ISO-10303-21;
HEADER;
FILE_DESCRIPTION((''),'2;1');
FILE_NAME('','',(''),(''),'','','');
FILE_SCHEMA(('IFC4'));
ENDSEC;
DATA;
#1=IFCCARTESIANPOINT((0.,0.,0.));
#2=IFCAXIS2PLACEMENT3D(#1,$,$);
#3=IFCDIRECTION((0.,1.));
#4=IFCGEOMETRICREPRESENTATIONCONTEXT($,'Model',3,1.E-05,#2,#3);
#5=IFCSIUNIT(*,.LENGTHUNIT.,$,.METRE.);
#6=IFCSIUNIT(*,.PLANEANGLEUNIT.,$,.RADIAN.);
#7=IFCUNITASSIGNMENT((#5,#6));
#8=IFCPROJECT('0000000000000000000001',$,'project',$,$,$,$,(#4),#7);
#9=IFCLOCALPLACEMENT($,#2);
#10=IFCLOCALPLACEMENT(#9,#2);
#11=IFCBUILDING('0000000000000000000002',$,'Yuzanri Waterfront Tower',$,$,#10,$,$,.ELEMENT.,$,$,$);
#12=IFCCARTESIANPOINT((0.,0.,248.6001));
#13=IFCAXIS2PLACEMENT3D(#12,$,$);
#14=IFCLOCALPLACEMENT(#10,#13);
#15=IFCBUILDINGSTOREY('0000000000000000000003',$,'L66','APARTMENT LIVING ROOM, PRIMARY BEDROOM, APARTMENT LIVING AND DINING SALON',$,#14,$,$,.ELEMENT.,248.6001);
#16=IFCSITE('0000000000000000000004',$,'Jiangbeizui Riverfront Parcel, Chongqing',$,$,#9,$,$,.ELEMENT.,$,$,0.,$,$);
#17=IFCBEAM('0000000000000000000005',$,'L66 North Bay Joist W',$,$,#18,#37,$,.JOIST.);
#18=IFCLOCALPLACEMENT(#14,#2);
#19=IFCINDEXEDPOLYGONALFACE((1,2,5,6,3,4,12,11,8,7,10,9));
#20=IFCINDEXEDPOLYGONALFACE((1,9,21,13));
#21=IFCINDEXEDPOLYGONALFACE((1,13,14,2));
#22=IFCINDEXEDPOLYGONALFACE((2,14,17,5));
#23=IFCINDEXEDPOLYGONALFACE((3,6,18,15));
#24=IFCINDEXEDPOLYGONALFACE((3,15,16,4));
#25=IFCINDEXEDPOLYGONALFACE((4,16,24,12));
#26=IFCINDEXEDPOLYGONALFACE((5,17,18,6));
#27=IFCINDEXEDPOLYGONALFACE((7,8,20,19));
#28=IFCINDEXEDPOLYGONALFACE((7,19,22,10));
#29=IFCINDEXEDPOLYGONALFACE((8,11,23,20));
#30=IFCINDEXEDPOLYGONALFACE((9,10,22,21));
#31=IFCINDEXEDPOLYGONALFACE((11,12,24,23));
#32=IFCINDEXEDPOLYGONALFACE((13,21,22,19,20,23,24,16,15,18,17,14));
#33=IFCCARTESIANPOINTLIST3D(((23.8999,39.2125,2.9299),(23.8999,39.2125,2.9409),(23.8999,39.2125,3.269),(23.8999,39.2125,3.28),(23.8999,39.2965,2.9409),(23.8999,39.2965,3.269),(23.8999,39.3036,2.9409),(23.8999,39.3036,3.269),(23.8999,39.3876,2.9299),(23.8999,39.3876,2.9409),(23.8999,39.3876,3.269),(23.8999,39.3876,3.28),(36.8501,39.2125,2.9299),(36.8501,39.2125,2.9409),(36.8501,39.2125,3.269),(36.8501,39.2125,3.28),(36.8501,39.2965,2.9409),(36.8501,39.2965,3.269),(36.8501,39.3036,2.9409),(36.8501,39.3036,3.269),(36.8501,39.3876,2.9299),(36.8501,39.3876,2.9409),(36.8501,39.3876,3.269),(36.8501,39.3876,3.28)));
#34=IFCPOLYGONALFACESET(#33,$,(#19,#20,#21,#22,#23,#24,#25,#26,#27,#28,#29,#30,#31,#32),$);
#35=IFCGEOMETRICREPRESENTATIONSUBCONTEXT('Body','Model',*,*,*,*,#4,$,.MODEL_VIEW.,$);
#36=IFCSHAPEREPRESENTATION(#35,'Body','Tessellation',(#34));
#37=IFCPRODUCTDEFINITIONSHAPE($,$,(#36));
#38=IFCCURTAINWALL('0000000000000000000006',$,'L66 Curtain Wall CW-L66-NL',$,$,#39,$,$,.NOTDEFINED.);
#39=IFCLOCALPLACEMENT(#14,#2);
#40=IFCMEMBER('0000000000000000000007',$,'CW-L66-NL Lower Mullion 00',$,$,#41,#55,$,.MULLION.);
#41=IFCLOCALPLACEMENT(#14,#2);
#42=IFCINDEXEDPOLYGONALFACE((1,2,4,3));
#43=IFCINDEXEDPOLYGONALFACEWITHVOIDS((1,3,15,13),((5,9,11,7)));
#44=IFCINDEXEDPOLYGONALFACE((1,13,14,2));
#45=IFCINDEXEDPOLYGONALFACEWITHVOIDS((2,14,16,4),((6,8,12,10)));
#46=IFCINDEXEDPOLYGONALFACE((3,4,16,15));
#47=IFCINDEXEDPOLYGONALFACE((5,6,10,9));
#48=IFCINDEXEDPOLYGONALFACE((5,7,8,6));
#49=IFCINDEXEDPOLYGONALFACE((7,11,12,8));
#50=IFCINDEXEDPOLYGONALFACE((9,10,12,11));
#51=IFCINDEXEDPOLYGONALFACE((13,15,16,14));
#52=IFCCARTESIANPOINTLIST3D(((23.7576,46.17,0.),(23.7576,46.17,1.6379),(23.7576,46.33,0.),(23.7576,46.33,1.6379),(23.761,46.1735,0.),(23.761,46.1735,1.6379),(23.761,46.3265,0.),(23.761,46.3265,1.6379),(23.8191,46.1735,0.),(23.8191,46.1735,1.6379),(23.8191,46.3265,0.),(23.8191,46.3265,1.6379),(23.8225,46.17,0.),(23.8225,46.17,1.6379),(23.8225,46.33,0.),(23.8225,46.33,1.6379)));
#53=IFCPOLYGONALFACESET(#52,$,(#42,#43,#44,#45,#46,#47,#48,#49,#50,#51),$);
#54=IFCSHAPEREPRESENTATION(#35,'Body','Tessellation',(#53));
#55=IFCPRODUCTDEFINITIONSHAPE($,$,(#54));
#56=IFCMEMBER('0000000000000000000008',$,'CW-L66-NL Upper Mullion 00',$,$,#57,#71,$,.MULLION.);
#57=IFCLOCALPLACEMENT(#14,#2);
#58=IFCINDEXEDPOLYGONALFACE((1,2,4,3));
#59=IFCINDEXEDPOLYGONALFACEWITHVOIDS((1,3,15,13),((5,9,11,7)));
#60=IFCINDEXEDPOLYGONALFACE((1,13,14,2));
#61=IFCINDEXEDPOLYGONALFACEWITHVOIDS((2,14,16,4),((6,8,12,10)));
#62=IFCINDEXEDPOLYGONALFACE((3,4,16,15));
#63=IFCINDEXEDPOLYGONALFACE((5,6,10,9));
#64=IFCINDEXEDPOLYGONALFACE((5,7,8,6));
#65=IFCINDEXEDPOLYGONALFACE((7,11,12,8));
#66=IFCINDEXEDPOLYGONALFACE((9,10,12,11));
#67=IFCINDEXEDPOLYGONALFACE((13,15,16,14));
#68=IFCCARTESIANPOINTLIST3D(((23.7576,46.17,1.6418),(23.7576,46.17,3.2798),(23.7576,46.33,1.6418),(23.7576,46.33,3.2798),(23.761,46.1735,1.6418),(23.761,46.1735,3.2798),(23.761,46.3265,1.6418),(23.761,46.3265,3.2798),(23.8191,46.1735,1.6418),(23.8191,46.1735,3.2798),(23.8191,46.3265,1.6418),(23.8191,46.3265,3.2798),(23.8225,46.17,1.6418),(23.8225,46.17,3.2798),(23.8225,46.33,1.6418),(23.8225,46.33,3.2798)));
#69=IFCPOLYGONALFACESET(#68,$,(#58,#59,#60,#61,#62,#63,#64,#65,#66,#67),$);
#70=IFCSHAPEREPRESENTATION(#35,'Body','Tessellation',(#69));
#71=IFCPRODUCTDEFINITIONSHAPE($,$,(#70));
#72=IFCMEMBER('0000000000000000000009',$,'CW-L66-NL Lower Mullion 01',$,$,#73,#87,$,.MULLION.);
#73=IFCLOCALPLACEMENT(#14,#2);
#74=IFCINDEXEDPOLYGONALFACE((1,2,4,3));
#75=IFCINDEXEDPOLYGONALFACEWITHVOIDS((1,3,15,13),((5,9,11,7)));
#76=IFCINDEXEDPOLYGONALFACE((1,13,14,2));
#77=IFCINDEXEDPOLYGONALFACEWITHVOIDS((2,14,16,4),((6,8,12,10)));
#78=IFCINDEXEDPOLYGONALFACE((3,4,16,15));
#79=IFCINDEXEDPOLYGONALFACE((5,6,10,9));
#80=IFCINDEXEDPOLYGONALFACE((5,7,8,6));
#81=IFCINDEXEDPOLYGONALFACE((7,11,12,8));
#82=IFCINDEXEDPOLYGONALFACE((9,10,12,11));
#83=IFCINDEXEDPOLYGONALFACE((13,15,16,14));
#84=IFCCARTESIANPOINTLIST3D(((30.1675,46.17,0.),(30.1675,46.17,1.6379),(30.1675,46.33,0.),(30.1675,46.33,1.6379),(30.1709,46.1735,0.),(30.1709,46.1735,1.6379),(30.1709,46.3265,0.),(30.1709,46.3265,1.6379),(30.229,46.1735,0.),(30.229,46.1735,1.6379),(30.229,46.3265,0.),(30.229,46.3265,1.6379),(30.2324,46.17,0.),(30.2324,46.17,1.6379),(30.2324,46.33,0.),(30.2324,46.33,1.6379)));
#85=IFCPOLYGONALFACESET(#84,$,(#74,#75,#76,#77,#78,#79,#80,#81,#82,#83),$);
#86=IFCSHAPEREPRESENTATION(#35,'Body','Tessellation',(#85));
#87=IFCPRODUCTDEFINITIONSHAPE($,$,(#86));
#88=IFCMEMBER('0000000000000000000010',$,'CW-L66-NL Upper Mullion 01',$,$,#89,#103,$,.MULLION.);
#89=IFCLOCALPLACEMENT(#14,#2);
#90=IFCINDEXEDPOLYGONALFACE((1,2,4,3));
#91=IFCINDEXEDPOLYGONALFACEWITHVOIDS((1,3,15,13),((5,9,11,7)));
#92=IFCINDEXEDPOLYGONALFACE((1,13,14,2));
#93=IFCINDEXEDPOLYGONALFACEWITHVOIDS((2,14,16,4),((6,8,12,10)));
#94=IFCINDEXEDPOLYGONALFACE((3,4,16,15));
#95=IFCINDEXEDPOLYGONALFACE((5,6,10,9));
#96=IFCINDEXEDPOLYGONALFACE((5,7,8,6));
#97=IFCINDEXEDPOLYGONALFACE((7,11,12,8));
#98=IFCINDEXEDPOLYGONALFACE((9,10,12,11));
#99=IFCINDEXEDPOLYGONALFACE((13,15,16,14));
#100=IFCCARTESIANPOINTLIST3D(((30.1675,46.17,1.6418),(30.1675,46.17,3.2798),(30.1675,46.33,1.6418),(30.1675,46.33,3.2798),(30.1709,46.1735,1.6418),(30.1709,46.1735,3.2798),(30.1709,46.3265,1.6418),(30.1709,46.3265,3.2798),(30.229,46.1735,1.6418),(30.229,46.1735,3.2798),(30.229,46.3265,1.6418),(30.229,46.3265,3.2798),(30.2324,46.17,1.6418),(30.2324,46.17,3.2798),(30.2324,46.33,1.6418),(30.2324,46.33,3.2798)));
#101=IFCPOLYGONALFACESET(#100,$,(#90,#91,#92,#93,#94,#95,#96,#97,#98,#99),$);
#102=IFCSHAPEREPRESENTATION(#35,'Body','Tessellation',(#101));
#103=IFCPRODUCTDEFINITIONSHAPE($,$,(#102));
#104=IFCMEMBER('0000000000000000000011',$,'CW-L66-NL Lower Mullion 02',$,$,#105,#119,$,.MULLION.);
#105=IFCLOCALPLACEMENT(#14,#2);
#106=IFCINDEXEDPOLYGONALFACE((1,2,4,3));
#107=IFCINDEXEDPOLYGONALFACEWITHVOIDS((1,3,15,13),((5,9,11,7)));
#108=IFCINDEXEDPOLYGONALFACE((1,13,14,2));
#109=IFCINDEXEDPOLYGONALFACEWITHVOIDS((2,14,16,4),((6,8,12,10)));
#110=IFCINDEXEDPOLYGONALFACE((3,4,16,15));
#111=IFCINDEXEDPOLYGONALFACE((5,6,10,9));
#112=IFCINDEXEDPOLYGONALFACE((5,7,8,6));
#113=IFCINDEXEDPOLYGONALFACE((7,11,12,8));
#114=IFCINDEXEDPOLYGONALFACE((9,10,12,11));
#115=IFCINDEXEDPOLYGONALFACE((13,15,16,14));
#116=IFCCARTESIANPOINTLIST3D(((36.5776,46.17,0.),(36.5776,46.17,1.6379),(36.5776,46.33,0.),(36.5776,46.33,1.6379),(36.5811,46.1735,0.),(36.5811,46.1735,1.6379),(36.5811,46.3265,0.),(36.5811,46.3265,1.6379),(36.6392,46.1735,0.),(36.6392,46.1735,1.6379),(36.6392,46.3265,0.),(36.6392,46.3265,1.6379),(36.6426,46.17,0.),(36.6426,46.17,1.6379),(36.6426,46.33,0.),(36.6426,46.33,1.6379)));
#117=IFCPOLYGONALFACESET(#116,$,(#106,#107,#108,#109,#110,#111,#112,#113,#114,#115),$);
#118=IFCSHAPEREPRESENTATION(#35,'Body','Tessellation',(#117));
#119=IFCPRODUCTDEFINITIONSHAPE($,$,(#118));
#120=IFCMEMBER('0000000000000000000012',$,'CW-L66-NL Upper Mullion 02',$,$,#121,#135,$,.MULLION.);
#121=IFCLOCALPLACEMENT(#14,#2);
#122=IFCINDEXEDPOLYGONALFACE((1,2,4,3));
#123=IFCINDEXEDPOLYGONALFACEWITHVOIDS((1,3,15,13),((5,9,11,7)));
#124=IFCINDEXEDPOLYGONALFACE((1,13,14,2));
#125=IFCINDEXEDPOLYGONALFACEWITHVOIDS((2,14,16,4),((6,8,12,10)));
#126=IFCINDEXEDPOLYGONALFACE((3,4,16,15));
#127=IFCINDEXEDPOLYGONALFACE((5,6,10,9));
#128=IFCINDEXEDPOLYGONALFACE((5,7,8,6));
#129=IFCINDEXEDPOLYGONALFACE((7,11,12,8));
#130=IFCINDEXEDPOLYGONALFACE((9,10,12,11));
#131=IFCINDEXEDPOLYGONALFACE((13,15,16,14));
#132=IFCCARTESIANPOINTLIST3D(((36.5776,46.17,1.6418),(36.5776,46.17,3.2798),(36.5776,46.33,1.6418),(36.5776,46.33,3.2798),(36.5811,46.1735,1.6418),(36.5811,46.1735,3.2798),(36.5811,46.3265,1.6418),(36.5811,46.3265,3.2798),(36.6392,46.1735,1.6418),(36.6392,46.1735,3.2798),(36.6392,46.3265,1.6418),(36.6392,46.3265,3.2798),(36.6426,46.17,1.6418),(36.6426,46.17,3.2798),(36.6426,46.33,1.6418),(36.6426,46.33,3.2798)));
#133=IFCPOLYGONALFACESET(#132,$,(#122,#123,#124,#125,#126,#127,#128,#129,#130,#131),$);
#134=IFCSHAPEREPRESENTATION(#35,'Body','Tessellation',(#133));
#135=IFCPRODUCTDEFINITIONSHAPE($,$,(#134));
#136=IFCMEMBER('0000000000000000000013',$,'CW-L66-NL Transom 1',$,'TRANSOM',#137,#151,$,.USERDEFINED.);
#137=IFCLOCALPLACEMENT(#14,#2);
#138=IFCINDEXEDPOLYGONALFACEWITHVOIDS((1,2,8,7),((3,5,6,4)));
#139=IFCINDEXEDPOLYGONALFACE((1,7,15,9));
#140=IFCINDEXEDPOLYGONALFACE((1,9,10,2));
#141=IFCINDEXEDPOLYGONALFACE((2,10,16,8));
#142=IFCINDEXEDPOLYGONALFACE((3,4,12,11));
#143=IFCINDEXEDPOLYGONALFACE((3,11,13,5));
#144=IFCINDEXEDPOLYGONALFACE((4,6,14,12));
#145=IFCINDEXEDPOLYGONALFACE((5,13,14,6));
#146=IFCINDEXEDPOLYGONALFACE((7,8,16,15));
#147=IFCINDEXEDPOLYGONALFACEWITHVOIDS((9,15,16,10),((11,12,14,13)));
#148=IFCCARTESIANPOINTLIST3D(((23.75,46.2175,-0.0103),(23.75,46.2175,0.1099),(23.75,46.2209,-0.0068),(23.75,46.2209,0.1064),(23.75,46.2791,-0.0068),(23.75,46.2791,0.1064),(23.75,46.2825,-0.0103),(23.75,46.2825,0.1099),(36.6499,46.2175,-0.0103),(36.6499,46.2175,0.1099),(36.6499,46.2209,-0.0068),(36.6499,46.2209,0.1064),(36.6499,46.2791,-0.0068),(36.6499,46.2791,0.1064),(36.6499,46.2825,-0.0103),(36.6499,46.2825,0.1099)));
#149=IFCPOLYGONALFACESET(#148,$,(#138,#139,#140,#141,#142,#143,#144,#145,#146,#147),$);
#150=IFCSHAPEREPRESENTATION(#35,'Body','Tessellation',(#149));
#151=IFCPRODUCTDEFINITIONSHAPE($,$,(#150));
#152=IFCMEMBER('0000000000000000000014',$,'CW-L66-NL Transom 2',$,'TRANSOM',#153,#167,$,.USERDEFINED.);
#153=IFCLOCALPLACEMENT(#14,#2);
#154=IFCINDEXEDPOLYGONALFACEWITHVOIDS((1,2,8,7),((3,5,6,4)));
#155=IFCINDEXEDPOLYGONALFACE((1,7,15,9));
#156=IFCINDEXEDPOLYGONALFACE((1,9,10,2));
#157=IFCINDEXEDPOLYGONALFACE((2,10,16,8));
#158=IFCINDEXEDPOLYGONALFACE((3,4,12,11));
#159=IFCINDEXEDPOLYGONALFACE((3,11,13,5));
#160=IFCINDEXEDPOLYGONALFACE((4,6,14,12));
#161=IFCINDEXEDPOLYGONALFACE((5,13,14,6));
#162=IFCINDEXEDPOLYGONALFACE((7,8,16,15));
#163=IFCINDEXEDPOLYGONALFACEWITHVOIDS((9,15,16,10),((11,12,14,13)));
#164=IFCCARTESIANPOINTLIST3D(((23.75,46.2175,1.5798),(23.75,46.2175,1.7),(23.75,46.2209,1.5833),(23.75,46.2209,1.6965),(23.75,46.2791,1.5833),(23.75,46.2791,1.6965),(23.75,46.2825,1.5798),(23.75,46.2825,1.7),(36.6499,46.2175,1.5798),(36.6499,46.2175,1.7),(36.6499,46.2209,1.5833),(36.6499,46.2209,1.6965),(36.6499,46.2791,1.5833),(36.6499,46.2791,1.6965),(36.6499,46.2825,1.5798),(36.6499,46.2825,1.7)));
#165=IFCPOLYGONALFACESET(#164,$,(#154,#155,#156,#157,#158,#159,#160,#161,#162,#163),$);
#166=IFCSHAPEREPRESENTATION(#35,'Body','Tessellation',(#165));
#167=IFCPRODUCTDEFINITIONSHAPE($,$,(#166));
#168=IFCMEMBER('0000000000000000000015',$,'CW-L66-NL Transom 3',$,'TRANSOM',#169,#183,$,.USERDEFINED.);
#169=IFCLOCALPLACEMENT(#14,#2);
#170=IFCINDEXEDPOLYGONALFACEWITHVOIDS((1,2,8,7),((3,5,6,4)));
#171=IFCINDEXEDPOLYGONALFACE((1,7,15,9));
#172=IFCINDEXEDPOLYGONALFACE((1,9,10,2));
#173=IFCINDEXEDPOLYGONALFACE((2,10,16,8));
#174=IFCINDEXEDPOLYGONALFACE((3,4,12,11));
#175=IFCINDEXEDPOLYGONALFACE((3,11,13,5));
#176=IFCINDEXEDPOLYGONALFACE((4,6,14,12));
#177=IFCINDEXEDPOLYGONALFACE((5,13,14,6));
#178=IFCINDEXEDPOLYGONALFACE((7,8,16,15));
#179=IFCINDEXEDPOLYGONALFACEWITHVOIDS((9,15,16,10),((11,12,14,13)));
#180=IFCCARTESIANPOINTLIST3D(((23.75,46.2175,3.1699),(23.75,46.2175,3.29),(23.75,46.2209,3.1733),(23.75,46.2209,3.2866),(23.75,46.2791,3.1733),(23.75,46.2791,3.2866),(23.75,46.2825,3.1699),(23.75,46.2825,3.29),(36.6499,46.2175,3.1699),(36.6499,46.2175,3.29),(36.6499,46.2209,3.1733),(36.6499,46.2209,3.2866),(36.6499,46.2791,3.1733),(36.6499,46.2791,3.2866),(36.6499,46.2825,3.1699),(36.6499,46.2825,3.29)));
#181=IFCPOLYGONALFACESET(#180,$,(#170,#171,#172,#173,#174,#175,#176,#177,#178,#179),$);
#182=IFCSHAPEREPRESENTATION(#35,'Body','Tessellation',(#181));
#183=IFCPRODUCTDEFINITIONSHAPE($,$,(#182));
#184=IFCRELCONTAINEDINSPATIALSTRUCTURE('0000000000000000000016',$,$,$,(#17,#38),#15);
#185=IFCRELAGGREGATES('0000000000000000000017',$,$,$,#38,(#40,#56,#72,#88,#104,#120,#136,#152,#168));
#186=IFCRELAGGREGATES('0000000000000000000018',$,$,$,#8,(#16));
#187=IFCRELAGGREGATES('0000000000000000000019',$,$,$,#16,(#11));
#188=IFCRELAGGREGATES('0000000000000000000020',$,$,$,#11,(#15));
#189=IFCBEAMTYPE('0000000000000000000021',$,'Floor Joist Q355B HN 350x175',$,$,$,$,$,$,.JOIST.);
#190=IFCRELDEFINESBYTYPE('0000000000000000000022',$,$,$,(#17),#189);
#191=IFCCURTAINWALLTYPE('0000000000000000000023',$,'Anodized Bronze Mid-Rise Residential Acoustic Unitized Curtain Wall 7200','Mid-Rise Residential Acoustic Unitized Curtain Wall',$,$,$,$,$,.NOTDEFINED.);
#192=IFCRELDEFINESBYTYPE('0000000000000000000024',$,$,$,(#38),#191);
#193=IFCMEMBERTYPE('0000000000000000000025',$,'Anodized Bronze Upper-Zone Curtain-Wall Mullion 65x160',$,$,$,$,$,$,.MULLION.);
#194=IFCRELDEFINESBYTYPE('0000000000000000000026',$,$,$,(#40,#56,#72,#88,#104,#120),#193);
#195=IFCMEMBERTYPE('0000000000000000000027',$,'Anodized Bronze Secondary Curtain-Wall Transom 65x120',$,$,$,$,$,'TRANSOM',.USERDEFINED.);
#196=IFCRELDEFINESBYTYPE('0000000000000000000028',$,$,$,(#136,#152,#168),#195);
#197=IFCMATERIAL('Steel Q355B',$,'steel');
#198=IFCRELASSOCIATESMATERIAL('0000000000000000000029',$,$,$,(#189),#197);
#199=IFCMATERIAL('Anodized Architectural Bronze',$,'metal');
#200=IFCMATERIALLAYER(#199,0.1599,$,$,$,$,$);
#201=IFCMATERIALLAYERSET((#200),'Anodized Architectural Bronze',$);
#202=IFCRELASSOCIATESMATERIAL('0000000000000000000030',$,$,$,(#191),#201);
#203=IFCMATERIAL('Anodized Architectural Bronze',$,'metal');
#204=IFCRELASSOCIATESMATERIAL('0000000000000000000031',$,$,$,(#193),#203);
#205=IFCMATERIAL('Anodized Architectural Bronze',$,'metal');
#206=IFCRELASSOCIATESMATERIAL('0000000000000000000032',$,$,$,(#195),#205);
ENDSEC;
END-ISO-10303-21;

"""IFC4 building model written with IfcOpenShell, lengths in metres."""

from ifc_helpers import new_model, si_unit, direction, frame, origin, origin_2d, place, context, subcontext, project, spatial, hollow_rectangle, i_section, extrude, source, transform, mapped, material, layer, layer_set, material_profile, profile_set, type_object, element, aggregate, save


model = new_model("IFC4")

# Units and contexts
model_context = context("Model", 3, precision=1e-05, world=origin(), true_north=direction((0.0, 1.0)))
body_context = subcontext(model_context, "Body", "Model", "MODEL_VIEW")
ifc_project = project(units=[si_unit("LENGTHUNIT", "METRE"), si_unit("PLANEANGLEUNIT", "RADIAN")], contexts=[model_context])

# Site, building, storey
site_placement = place(None, origin())
site = spatial("IfcSite", under=ifc_project, at=site_placement, Name="Jiangbeizui Riverfront Parcel, Chongqing", CompositionType="ELEMENT", RefElevation=0.0)
building_placement = place(site_placement, origin())
building = spatial("IfcBuilding", under=site, at=building_placement, Name="Yuzanri Waterfront Tower", CompositionType="ELEMENT")
storey_placement = place(building_placement, frame((0.0, 0.0, 248.6001)))
storey = spatial("IfcBuildingStorey", under=building, at=storey_placement, Name="L66", Description="APARTMENT LIVING ROOM, PRIMARY BEDROOM, APARTMENT LIVING AND DINING SALON", CompositionType="ELEMENT", Elevation=248.6001)

# Beam
ifc_material_1 = material(Name="Steel Q355B", Category="steel")
ifc_material_profile_1 = material_profile(ifc_material_1, i_section(OverallWidth=0.175, OverallDepth=0.3501, WebThickness=0.0071, FlangeThickness=0.011, at=origin_2d()), Name="HN 350x175x7x11")
ifc_profile_set_1 = profile_set([ifc_material_profile_1], Name="Steel Q355B")
beam_type = type_object("IfcBeamType", Name="Floor Joist Q355B HN 350x175", PredefinedType="JOIST", material=ifc_profile_set_1)
shared_shape_1 = source(origin(), body_context, "Body", "SweptSolid", [
    extrude(i_section(OverallWidth=0.175, OverallDepth=0.3501, WebThickness=0.0071, FlangeThickness=0.011, at=origin_2d()), origin(), (0.0, 0.0, 1.0), 12.9502),
])
beam_placement = place(storey_placement, frame((23.8999, 39.3, 3.105), z_axis=(1.0, 0.0, 0.0), x_axis=(0.0, 1.0, 0.0)))
element("IfcBeam", 1, at=beam_placement, inside=storey, type_object=beam_type, Name="L66 North Bay Joist W", PredefinedType="JOIST", context=body_context, shape_type="MappedRepresentation", body=[
    mapped(shared_shape_1, transform((0.0, 0.0, 0.0), scale=1.0)),
])

# Curtain wall, members
ifc_material_2 = material(Name="Anodized Architectural Bronze", Category="metal")
ifc_layer_1 = layer(ifc_material_2, 0.1599)
ifc_layer_set_1 = layer_set([ifc_layer_1], Name="Anodized Architectural Bronze")
curtain_wall_type = type_object("IfcCurtainWallType", Name="Anodized Bronze Mid-Rise Residential Acoustic Unitized Curtain Wall 7200", Description="Mid-Rise Residential Acoustic Unitized Curtain Wall", PredefinedType="NOTDEFINED", material=ifc_layer_set_1)
curtain_wall_placement = place(storey_placement, origin())
curtain_wall = element("IfcCurtainWall", 2, at=curtain_wall_placement, inside=storey, type_object=curtain_wall_type, Name="L66 Curtain Wall CW-L66-NL", PredefinedType="NOTDEFINED")
ifc_material_3 = material(Name="Anodized Architectural Bronze", Category="metal")
ifc_material_profile_2 = material_profile(ifc_material_3, hollow_rectangle(XDim=0.0649, YDim=0.1599, WallThickness=0.0034, at=origin_2d()), Name="CWM 65x160")
ifc_profile_set_2 = profile_set([ifc_material_profile_2], Name="Anodized Architectural Bronze")
member_type_1 = type_object("IfcMemberType", Name="Anodized Bronze Upper-Zone Curtain-Wall Mullion 65x160", PredefinedType="MULLION", material=ifc_profile_set_2)
shared_shape_2 = source(origin(), body_context, "Body", "SweptSolid", [
    extrude(hollow_rectangle(XDim=0.0649, YDim=0.1599, WallThickness=0.0034, at=origin_2d()), origin(), (0.0, 0.0, 1.0), 1.6379),
])
member_1_placement = place(storey_placement, frame((23.79, 46.25, 0.0), z_axis=(0.0, 0.0, 1.0), x_axis=(1.0, 0.0, 0.0)))
member_1 = element("IfcMember", 3, at=member_1_placement, type_object=member_type_1, Name="CW-L66-NL Lower Mullion 00", PredefinedType="MULLION", context=body_context, shape_type="MappedRepresentation", body=[
    mapped(shared_shape_2, transform((0.0, 0.0, 0.0), scale=1.0)),
])
member_2_placement = place(storey_placement, frame((23.79, 46.25, 1.6418), z_axis=(0.0, 0.0, 1.0), x_axis=(1.0, 0.0, 0.0)))
member_2 = element("IfcMember", 4, at=member_2_placement, type_object=member_type_1, Name="CW-L66-NL Upper Mullion 00", PredefinedType="MULLION", context=body_context, shape_type="MappedRepresentation", body=[
    mapped(shared_shape_2, transform((0.0, 0.0, 0.0), scale=1.0)),
])
member_3_placement = place(storey_placement, frame((30.2, 46.25, 0.0), z_axis=(0.0, 0.0, 1.0), x_axis=(1.0, 0.0, 0.0)))
member_3 = element("IfcMember", 5, at=member_3_placement, type_object=member_type_1, Name="CW-L66-NL Lower Mullion 01", PredefinedType="MULLION", context=body_context, shape_type="MappedRepresentation", body=[
    mapped(shared_shape_2, transform((0.0, 0.0, 0.0), scale=1.0)),
])
member_4_placement = place(storey_placement, frame((30.2, 46.25, 1.6418), z_axis=(0.0, 0.0, 1.0), x_axis=(1.0, 0.0, 0.0)))
member_4 = element("IfcMember", 6, at=member_4_placement, type_object=member_type_1, Name="CW-L66-NL Upper Mullion 01", PredefinedType="MULLION", context=body_context, shape_type="MappedRepresentation", body=[
    mapped(shared_shape_2, transform((0.0, 0.0, 0.0), scale=1.0)),
])
member_5_placement = place(storey_placement, frame((36.6101, 46.25, 0.0), z_axis=(0.0, 0.0, 1.0), x_axis=(1.0, 0.0, 0.0)))
member_5 = element("IfcMember", 7, at=member_5_placement, type_object=member_type_1, Name="CW-L66-NL Lower Mullion 02", PredefinedType="MULLION", context=body_context, shape_type="MappedRepresentation", body=[
    mapped(shared_shape_2, transform((0.0, 0.0, 0.0), scale=1.0)),
])
member_6_placement = place(storey_placement, frame((36.6101, 46.25, 1.6418), z_axis=(0.0, 0.0, 1.0), x_axis=(1.0, 0.0, 0.0)))
member_6 = element("IfcMember", 8, at=member_6_placement, type_object=member_type_1, Name="CW-L66-NL Upper Mullion 02", PredefinedType="MULLION", context=body_context, shape_type="MappedRepresentation", body=[
    mapped(shared_shape_2, transform((0.0, 0.0, 0.0), scale=1.0)),
])
ifc_material_4 = material(Name="Anodized Architectural Bronze", Category="metal")
ifc_material_profile_3 = material_profile(ifc_material_4, hollow_rectangle(XDim=0.0649, YDim=0.1201, WallThickness=0.0034, at=origin_2d()), Name="CWT 65x120")
ifc_profile_set_3 = profile_set([ifc_material_profile_3], Name="Anodized Architectural Bronze")
member_type_2 = type_object("IfcMemberType", Name="Anodized Bronze Secondary Curtain-Wall Transom 65x120", ElementType="TRANSOM", PredefinedType="USERDEFINED", material=ifc_profile_set_3)
shared_shape_3 = source(origin(), body_context, "Body", "SweptSolid", [
    extrude(hollow_rectangle(XDim=0.0649, YDim=0.1201, WallThickness=0.0034, at=origin_2d()), origin(), (0.0, 0.0, 1.0), 12.8999),
])
member_7_placement = place(storey_placement, frame((23.75, 46.25, 0.0498), z_axis=(1.0, 0.0, 0.0), x_axis=(0.0, 1.0, 0.0)))
member_7 = element("IfcMember", 9, at=member_7_placement, type_object=member_type_2, Name="CW-L66-NL Transom 1", ObjectType="TRANSOM", PredefinedType="USERDEFINED", context=body_context, shape_type="MappedRepresentation", body=[
    mapped(shared_shape_3, transform((0.0, 0.0, 0.0), scale=1.0)),
])
member_8_placement = place(storey_placement, frame((23.75, 46.25, 1.6399), z_axis=(1.0, 0.0, 0.0), x_axis=(0.0, 1.0, 0.0)))
member_8 = element("IfcMember", 10, at=member_8_placement, type_object=member_type_2, Name="CW-L66-NL Transom 2", ObjectType="TRANSOM", PredefinedType="USERDEFINED", context=body_context, shape_type="MappedRepresentation", body=[
    mapped(shared_shape_3, transform((0.0, 0.0, 0.0), scale=1.0)),
])
member_9_placement = place(storey_placement, frame((23.75, 46.25, 3.23), z_axis=(1.0, 0.0, 0.0), x_axis=(0.0, 1.0, 0.0)))
member_9 = element("IfcMember", 11, at=member_9_placement, type_object=member_type_2, Name="CW-L66-NL Transom 3", ObjectType="TRANSOM", PredefinedType="USERDEFINED", context=body_context, shape_type="MappedRepresentation", body=[
    mapped(shared_shape_3, transform((0.0, 0.0, 0.0), scale=1.0)),
])
aggregate(curtain_wall, [member_1, member_2, member_3, member_4, member_5, member_6, member_7, member_8, member_9])

save(model, "model.ifc")
